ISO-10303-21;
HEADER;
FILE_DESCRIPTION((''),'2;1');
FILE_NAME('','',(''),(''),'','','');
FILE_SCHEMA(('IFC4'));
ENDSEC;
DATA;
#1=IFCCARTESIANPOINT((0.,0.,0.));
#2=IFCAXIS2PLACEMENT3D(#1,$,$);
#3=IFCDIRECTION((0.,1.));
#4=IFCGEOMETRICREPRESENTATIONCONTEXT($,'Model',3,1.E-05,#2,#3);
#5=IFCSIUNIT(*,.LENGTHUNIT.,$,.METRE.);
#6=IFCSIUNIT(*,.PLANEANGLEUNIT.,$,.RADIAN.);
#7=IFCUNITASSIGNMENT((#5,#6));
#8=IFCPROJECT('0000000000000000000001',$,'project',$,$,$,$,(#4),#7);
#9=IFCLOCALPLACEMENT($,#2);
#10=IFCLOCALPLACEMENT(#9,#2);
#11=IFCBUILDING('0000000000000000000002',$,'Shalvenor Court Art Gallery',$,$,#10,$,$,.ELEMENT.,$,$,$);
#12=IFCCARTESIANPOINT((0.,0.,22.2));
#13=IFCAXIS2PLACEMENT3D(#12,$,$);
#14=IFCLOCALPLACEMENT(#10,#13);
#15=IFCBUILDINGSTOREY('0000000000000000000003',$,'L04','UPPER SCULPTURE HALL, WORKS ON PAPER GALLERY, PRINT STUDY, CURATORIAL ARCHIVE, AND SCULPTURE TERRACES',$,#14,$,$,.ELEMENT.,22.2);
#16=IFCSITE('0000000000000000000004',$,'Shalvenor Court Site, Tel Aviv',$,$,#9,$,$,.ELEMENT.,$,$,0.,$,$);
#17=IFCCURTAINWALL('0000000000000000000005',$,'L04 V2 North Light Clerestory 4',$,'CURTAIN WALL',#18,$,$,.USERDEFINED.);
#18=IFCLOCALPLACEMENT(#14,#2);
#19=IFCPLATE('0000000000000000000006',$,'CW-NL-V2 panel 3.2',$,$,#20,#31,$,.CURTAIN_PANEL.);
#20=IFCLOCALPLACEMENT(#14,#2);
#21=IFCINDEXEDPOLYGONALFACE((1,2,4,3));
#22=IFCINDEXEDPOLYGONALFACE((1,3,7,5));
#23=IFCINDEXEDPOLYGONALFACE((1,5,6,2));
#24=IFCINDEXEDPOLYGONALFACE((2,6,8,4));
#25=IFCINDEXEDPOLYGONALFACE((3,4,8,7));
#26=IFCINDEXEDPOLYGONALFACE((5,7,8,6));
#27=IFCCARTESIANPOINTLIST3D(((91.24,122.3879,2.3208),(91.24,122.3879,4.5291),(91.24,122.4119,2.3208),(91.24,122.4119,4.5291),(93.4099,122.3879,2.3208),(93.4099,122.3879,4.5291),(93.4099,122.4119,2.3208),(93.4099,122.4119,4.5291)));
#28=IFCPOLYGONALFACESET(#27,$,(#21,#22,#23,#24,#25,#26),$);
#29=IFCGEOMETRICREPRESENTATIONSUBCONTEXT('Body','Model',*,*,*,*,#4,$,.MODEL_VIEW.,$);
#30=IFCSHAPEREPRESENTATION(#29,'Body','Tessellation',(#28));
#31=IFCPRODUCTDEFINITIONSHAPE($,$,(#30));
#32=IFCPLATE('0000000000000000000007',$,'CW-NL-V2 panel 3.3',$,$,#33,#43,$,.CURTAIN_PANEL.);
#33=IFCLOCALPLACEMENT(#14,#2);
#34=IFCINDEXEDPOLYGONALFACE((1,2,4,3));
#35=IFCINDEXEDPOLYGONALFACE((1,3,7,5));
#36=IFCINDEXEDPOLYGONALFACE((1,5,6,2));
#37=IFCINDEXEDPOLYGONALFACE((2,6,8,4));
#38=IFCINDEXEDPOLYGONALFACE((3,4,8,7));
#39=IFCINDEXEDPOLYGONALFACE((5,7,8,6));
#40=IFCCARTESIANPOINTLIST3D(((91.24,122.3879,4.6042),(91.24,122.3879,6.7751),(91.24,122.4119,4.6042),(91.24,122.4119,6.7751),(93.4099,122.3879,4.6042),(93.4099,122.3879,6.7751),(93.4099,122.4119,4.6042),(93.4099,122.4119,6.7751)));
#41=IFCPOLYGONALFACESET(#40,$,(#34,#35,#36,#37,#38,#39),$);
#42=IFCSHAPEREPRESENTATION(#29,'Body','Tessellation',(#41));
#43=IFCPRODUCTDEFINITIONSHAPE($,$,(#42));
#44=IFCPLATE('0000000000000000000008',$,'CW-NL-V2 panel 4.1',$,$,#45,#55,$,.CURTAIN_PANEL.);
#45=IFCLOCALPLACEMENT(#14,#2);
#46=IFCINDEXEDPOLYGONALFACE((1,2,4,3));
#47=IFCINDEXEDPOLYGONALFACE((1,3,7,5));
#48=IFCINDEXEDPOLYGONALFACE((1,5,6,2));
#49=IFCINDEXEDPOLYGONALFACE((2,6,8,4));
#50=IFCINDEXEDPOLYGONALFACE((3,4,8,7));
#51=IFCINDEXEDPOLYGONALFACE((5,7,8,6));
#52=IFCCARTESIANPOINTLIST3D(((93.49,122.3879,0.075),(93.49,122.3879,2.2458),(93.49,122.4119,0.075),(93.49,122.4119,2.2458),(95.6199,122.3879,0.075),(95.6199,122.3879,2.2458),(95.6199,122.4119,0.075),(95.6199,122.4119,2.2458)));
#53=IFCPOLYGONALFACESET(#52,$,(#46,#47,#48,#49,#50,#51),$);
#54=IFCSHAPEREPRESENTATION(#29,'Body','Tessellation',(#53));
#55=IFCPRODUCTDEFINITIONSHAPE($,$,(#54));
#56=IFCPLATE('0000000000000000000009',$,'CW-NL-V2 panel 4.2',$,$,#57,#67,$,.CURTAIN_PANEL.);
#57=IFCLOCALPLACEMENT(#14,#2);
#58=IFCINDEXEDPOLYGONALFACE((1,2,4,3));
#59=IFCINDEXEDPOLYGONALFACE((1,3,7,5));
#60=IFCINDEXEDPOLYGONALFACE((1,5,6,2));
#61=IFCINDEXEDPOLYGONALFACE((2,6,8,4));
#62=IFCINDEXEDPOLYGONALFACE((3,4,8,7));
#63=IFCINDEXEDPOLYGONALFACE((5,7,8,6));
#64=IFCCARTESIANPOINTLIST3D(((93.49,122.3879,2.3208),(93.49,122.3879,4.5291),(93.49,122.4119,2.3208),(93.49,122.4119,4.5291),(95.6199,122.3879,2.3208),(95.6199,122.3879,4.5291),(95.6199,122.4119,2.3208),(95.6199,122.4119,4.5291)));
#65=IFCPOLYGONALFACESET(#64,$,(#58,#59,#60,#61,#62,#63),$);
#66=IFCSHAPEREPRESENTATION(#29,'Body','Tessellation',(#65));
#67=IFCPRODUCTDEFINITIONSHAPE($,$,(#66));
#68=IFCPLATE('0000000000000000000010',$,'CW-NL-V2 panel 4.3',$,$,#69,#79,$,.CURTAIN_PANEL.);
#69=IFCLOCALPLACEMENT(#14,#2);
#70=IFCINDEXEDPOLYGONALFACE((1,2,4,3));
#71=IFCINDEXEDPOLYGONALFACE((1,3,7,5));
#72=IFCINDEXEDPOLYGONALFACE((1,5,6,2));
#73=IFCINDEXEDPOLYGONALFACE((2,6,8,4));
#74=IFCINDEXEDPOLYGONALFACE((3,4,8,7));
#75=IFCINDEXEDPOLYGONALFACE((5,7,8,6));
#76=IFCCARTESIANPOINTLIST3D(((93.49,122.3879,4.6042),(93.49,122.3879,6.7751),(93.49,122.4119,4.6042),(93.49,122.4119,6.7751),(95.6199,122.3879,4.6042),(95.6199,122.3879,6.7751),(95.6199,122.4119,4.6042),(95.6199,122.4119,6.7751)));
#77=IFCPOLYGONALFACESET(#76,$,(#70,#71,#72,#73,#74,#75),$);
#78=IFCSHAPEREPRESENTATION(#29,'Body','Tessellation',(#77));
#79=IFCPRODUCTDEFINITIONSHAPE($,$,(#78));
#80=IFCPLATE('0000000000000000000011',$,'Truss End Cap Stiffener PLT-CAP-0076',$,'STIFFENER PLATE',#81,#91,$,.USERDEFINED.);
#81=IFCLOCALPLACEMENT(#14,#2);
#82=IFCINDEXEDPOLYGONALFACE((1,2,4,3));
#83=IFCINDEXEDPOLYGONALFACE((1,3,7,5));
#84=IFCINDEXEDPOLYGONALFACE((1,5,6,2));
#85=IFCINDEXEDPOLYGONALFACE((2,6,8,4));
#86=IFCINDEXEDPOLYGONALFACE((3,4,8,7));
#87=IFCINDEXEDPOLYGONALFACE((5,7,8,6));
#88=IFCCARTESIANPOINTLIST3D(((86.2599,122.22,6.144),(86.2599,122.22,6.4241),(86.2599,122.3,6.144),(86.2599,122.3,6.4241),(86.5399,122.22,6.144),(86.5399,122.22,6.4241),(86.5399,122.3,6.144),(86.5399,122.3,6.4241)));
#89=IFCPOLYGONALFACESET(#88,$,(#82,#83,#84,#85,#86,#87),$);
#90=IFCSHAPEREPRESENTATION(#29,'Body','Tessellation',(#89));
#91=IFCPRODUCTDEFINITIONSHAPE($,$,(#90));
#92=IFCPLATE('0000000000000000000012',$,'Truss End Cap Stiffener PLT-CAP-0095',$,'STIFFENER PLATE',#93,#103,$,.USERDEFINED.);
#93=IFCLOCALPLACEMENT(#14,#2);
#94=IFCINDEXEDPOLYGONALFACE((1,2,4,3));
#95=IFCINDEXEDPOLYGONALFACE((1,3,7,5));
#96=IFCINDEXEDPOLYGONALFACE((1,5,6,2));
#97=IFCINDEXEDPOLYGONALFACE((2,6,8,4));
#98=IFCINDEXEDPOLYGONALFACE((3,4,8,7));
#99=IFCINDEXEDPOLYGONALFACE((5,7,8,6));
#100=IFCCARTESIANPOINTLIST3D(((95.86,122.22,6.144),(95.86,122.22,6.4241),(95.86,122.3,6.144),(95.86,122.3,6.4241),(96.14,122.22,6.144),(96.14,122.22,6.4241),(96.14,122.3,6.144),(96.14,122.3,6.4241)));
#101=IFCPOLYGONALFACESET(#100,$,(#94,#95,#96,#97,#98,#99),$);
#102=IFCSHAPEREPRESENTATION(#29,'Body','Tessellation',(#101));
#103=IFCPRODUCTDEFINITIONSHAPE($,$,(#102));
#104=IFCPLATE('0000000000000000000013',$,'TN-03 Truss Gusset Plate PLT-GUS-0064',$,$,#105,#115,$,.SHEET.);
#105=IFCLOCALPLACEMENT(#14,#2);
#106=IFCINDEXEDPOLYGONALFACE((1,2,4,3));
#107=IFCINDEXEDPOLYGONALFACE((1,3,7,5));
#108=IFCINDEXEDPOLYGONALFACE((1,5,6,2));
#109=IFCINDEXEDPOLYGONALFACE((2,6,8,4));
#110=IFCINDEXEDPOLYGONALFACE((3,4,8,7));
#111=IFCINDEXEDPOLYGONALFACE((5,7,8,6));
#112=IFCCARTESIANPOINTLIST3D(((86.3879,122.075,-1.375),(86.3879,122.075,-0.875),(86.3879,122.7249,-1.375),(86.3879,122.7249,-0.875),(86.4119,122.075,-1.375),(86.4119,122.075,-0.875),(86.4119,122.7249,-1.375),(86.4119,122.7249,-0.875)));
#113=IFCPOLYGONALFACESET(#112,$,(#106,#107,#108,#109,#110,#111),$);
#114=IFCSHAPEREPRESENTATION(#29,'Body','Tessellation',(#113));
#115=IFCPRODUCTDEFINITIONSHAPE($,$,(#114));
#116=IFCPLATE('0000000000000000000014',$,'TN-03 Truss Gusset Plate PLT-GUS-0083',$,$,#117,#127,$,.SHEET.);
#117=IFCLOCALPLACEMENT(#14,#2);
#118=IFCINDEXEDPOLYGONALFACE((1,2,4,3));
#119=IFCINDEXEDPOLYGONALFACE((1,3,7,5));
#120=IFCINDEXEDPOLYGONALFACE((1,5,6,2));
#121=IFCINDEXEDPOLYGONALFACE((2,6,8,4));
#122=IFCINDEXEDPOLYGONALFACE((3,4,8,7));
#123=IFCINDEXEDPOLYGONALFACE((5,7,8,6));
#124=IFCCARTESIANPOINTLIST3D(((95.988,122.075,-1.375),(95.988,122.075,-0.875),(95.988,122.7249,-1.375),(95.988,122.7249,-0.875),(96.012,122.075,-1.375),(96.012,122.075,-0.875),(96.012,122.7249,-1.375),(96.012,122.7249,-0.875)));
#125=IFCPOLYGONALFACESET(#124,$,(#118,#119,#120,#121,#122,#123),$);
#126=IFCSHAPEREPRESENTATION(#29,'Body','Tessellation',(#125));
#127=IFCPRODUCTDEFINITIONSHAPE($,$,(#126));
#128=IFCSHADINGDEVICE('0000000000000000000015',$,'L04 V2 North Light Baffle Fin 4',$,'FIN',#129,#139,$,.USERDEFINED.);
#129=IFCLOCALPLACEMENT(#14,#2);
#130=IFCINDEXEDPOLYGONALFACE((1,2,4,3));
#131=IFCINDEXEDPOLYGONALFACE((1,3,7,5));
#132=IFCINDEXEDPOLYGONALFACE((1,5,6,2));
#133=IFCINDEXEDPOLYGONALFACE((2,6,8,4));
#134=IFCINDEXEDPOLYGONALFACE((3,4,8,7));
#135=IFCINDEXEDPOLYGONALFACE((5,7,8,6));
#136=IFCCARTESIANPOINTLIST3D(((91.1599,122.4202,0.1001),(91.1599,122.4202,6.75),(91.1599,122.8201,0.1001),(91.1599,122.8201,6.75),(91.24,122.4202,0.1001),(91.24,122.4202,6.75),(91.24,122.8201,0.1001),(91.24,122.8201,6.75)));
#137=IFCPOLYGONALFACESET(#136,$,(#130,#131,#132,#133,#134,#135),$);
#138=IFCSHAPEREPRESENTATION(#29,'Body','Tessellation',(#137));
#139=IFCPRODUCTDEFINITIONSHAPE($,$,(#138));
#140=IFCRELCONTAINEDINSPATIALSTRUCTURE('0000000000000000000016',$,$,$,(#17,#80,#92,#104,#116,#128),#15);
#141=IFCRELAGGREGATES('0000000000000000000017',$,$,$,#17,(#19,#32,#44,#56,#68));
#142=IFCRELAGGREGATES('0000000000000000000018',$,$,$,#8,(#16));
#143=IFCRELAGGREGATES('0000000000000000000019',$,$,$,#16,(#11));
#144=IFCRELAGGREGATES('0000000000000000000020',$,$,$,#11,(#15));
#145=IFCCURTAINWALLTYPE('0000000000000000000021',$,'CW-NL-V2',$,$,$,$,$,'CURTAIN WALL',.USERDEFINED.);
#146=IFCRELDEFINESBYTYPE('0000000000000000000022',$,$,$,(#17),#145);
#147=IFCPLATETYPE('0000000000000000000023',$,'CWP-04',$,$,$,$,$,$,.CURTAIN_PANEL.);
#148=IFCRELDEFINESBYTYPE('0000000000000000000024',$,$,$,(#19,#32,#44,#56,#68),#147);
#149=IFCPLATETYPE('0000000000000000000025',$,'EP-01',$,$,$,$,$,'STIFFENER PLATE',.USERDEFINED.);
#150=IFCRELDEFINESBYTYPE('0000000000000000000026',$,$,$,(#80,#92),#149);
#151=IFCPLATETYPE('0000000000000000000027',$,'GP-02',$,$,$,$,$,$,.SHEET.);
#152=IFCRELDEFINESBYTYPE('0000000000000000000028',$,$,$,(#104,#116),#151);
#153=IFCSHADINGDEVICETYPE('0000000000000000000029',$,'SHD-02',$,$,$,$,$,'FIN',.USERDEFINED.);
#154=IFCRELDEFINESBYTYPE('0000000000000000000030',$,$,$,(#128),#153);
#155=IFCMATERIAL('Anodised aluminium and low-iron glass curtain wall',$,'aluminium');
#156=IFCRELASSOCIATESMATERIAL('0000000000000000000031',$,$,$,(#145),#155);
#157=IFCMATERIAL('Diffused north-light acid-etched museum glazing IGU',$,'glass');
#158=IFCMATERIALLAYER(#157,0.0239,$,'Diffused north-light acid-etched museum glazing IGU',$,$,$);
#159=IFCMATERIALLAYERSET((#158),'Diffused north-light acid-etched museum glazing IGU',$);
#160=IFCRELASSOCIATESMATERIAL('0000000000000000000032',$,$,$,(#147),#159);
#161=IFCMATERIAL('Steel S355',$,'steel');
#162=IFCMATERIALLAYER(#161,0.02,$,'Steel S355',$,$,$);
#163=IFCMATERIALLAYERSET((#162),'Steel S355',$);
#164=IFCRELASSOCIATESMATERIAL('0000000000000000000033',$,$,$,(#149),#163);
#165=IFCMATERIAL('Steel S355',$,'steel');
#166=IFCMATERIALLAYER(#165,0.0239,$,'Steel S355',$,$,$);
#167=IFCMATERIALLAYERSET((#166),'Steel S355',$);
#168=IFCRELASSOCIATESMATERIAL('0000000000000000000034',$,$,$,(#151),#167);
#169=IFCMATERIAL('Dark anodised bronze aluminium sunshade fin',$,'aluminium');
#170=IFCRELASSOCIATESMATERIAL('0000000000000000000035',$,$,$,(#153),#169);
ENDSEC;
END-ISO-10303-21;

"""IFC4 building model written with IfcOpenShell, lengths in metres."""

from ifc_helpers import new_model, si_unit, direction, frame, origin, origin_2d, place, context, subcontext, project, spatial, rectangle, extrude, material, layer, layer_set, type_object, element, aggregate, save


model = new_model("IFC4")

# Units and contexts
model_context = context("Model", 3, precision=1e-05, world=origin(), true_north=direction((0.0, 1.0)))
body_context = subcontext(model_context, "Body", "Model", "MODEL_VIEW")
ifc_project = project(units=[si_unit("LENGTHUNIT", "METRE"), si_unit("PLANEANGLEUNIT", "RADIAN")], contexts=[model_context])

# Site, building, storey
site_placement = place(None, origin())
site = spatial("IfcSite", under=ifc_project, at=site_placement, Name="Shalvenor Court Site, Tel Aviv", CompositionType="ELEMENT", RefElevation=0.0)
building_placement = place(site_placement, origin())
building = spatial("IfcBuilding", under=site, at=building_placement, Name="Shalvenor Court Art Gallery", CompositionType="ELEMENT")
storey_placement = place(building_placement, frame((0.0, 0.0, 22.2)))
storey = spatial("IfcBuildingStorey", under=building, at=storey_placement, Name="L04", Description="UPPER SCULPTURE HALL, WORKS ON PAPER GALLERY, PRINT STUDY, CURATORIAL ARCHIVE, AND SCULPTURE TERRACES", CompositionType="ELEMENT", Elevation=22.2)

# Curtain wall
ifc_material_1 = material(Name="Anodised aluminium and low-iron glass curtain wall", Category="aluminium")
curtain_wall_type = type_object("IfcCurtainWallType", Name="CW-NL-V2", ElementType="CURTAIN WALL", PredefinedType="USERDEFINED", material=ifc_material_1)
curtain_wall_1_placement = place(storey_placement, origin())
curtain_wall_1 = element("IfcCurtainWall", 1, at=curtain_wall_1_placement, inside=storey, type_object=curtain_wall_type, Name="L04 V2 North Light Clerestory 4", ObjectType="CURTAIN WALL", PredefinedType="USERDEFINED")

# Plates
ifc_material_2 = material(Name="Diffused north-light acid-etched museum glazing IGU", Category="glass")
ifc_layer_1 = layer(ifc_material_2, 0.0239, Name="Diffused north-light acid-etched museum glazing IGU")
ifc_layer_set_1 = layer_set([ifc_layer_1], Name="Diffused north-light acid-etched museum glazing IGU")
plate_type_1 = type_object("IfcPlateType", Name="CWP-04", PredefinedType="CURTAIN_PANEL", material=ifc_layer_set_1)
plate_1_placement = place(storey_placement, frame((92.325, 122.3999, 2.3208), z_axis=(0.0, 0.0, 1.0), x_axis=(1.0, 0.0, 0.0)))
plate_1 = element("IfcPlate", 2, at=plate_1_placement, type_object=plate_type_1, Name="CW-NL-V2 panel 3.2", PredefinedType="CURTAIN_PANEL", context=body_context, shape_type="SweptSolid", body=[
    extrude(rectangle(XDim=2.1699, YDim=0.0239, at=origin_2d()), origin(), (0.0, 0.0, 1.0), 2.2083),
])
plate_2_placement = place(storey_placement, frame((92.325, 122.3999, 4.6042), z_axis=(0.0, 0.0, 1.0), x_axis=(1.0, 0.0, 0.0)))
plate_2 = element("IfcPlate", 3, at=plate_2_placement, type_object=plate_type_1, Name="CW-NL-V2 panel 3.3", PredefinedType="CURTAIN_PANEL", context=body_context, shape_type="SweptSolid", body=[
    extrude(rectangle(XDim=2.1699, YDim=0.0239, at=origin_2d()), origin(), (0.0, 0.0, 1.0), 2.1709),
])
plate_3_placement = place(storey_placement, frame((94.5549, 122.3999, 0.075), z_axis=(0.0, 0.0, 1.0), x_axis=(1.0, 0.0, 0.0)))
plate_3 = element("IfcPlate", 4, at=plate_3_placement, type_object=plate_type_1, Name="CW-NL-V2 panel 4.1", PredefinedType="CURTAIN_PANEL", context=body_context, shape_type="SweptSolid", body=[
    extrude(rectangle(XDim=2.1299, YDim=0.0239, at=origin_2d()), origin(), (0.0, 0.0, 1.0), 2.1709),
])
plate_4_placement = place(storey_placement, frame((94.5549, 122.3999, 2.3208), z_axis=(0.0, 0.0, 1.0), x_axis=(1.0, 0.0, 0.0)))
plate_4 = element("IfcPlate", 5, at=plate_4_placement, type_object=plate_type_1, Name="CW-NL-V2 panel 4.2", PredefinedType="CURTAIN_PANEL", context=body_context, shape_type="SweptSolid", body=[
    extrude(rectangle(XDim=2.1299, YDim=0.0239, at=origin_2d()), origin(), (0.0, 0.0, 1.0), 2.2083),
])
plate_5_placement = place(storey_placement, frame((94.5549, 122.3999, 4.6042), z_axis=(0.0, 0.0, 1.0), x_axis=(1.0, 0.0, 0.0)))
plate_5 = element("IfcPlate", 6, at=plate_5_placement, type_object=plate_type_1, Name="CW-NL-V2 panel 4.3", PredefinedType="CURTAIN_PANEL", context=body_context, shape_type="SweptSolid", body=[
    extrude(rectangle(XDim=2.1299, YDim=0.0239, at=origin_2d()), origin(), (0.0, 0.0, 1.0), 2.1709),
])
aggregate(curtain_wall_1, [plate_1, plate_2, plate_3, plate_4, plate_5])

# Plates
ifc_material_3 = material(Name="Steel S355", Category="steel")
ifc_layer_2 = layer(ifc_material_3, 0.02, Name="Steel S355")
ifc_layer_set_2 = layer_set([ifc_layer_2], Name="Steel S355")
plate_type_2 = type_object("IfcPlateType", Name="EP-01", ElementType="STIFFENER PLATE", PredefinedType="USERDEFINED", material=ifc_layer_set_2)
for number, where, z_axis, x_axis, name in (
    (7, (86.3999, 122.26, 6.144), (0.0, 0.0, 1.0), (1.0, 0.0, 0.0), "Truss End Cap Stiffener PLT-CAP-0076"),
    (8, (96.0, 122.26, 6.144), (0.0, 0.0, 1.0), (1.0, 0.0, 0.0), "Truss End Cap Stiffener PLT-CAP-0095"),
):
    element("IfcPlate", number, at=place(storey_placement, frame(where, z_axis=z_axis, x_axis=x_axis)), inside=storey, type_object=plate_type_2, Name=name, ObjectType="STIFFENER PLATE", PredefinedType="USERDEFINED", context=body_context, shape_type="SweptSolid", body=[
        extrude(rectangle(XDim=0.28, YDim=0.0801, at=origin_2d()), origin(), (0.0, 0.0, 1.0), 0.28),
    ])
ifc_material_4 = material(Name="Steel S355", Category="steel")
ifc_layer_3 = layer(ifc_material_4, 0.0239, Name="Steel S355")
ifc_layer_set_3 = layer_set([ifc_layer_3], Name="Steel S355")
plate_type_3 = type_object("IfcPlateType", Name="GP-02", PredefinedType="SHEET", material=ifc_layer_set_3)
for number, where, z_axis, x_axis, name in (
    (9, (86.3999, 122.3999, -1.375), (0.0, 0.0, 1.0), (0.0, 1.0, 0.0), "TN-03 Truss Gusset Plate PLT-GUS-0064"),
    (10, (96.0, 122.3999, -1.375), (0.0, 0.0, 1.0), (0.0, 1.0, 0.0), "TN-03 Truss Gusset Plate PLT-GUS-0083"),
):
    element("IfcPlate", number, at=place(storey_placement, frame(where, z_axis=z_axis, x_axis=x_axis)), inside=storey, type_object=plate_type_3, Name=name, PredefinedType="SHEET", context=body_context, shape_type="SweptSolid", body=[
        extrude(rectangle(XDim=0.6499, YDim=0.0239, at=origin_2d()), origin(), (0.0, 0.0, 1.0), 0.5),
    ])

# Shading device
ifc_material_5 = material(Name="Dark anodised bronze aluminium sunshade fin", Category="aluminium")
shading_device_type = type_object("IfcShadingDeviceType", Name="SHD-02", ElementType="FIN", PredefinedType="USERDEFINED", material=ifc_material_5)
shading_device_placement = place(storey_placement, frame((91.2, 122.6201, 0.1001), z_axis=(0.0, 0.0, 1.0), x_axis=(1.0, 0.0, 0.0)))
element("IfcShadingDevice", 11, at=shading_device_placement, inside=storey, type_object=shading_device_type, Name="L04 V2 North Light Baffle Fin 4", ObjectType="FIN", PredefinedType="USERDEFINED", context=body_context, shape_type="SweptSolid", body=[
    extrude(rectangle(XDim=0.0801, YDim=0.3999, at=origin_2d()), origin(), (0.0, 0.0, 1.0), 6.6499),
])

save(model, "model.ifc")
